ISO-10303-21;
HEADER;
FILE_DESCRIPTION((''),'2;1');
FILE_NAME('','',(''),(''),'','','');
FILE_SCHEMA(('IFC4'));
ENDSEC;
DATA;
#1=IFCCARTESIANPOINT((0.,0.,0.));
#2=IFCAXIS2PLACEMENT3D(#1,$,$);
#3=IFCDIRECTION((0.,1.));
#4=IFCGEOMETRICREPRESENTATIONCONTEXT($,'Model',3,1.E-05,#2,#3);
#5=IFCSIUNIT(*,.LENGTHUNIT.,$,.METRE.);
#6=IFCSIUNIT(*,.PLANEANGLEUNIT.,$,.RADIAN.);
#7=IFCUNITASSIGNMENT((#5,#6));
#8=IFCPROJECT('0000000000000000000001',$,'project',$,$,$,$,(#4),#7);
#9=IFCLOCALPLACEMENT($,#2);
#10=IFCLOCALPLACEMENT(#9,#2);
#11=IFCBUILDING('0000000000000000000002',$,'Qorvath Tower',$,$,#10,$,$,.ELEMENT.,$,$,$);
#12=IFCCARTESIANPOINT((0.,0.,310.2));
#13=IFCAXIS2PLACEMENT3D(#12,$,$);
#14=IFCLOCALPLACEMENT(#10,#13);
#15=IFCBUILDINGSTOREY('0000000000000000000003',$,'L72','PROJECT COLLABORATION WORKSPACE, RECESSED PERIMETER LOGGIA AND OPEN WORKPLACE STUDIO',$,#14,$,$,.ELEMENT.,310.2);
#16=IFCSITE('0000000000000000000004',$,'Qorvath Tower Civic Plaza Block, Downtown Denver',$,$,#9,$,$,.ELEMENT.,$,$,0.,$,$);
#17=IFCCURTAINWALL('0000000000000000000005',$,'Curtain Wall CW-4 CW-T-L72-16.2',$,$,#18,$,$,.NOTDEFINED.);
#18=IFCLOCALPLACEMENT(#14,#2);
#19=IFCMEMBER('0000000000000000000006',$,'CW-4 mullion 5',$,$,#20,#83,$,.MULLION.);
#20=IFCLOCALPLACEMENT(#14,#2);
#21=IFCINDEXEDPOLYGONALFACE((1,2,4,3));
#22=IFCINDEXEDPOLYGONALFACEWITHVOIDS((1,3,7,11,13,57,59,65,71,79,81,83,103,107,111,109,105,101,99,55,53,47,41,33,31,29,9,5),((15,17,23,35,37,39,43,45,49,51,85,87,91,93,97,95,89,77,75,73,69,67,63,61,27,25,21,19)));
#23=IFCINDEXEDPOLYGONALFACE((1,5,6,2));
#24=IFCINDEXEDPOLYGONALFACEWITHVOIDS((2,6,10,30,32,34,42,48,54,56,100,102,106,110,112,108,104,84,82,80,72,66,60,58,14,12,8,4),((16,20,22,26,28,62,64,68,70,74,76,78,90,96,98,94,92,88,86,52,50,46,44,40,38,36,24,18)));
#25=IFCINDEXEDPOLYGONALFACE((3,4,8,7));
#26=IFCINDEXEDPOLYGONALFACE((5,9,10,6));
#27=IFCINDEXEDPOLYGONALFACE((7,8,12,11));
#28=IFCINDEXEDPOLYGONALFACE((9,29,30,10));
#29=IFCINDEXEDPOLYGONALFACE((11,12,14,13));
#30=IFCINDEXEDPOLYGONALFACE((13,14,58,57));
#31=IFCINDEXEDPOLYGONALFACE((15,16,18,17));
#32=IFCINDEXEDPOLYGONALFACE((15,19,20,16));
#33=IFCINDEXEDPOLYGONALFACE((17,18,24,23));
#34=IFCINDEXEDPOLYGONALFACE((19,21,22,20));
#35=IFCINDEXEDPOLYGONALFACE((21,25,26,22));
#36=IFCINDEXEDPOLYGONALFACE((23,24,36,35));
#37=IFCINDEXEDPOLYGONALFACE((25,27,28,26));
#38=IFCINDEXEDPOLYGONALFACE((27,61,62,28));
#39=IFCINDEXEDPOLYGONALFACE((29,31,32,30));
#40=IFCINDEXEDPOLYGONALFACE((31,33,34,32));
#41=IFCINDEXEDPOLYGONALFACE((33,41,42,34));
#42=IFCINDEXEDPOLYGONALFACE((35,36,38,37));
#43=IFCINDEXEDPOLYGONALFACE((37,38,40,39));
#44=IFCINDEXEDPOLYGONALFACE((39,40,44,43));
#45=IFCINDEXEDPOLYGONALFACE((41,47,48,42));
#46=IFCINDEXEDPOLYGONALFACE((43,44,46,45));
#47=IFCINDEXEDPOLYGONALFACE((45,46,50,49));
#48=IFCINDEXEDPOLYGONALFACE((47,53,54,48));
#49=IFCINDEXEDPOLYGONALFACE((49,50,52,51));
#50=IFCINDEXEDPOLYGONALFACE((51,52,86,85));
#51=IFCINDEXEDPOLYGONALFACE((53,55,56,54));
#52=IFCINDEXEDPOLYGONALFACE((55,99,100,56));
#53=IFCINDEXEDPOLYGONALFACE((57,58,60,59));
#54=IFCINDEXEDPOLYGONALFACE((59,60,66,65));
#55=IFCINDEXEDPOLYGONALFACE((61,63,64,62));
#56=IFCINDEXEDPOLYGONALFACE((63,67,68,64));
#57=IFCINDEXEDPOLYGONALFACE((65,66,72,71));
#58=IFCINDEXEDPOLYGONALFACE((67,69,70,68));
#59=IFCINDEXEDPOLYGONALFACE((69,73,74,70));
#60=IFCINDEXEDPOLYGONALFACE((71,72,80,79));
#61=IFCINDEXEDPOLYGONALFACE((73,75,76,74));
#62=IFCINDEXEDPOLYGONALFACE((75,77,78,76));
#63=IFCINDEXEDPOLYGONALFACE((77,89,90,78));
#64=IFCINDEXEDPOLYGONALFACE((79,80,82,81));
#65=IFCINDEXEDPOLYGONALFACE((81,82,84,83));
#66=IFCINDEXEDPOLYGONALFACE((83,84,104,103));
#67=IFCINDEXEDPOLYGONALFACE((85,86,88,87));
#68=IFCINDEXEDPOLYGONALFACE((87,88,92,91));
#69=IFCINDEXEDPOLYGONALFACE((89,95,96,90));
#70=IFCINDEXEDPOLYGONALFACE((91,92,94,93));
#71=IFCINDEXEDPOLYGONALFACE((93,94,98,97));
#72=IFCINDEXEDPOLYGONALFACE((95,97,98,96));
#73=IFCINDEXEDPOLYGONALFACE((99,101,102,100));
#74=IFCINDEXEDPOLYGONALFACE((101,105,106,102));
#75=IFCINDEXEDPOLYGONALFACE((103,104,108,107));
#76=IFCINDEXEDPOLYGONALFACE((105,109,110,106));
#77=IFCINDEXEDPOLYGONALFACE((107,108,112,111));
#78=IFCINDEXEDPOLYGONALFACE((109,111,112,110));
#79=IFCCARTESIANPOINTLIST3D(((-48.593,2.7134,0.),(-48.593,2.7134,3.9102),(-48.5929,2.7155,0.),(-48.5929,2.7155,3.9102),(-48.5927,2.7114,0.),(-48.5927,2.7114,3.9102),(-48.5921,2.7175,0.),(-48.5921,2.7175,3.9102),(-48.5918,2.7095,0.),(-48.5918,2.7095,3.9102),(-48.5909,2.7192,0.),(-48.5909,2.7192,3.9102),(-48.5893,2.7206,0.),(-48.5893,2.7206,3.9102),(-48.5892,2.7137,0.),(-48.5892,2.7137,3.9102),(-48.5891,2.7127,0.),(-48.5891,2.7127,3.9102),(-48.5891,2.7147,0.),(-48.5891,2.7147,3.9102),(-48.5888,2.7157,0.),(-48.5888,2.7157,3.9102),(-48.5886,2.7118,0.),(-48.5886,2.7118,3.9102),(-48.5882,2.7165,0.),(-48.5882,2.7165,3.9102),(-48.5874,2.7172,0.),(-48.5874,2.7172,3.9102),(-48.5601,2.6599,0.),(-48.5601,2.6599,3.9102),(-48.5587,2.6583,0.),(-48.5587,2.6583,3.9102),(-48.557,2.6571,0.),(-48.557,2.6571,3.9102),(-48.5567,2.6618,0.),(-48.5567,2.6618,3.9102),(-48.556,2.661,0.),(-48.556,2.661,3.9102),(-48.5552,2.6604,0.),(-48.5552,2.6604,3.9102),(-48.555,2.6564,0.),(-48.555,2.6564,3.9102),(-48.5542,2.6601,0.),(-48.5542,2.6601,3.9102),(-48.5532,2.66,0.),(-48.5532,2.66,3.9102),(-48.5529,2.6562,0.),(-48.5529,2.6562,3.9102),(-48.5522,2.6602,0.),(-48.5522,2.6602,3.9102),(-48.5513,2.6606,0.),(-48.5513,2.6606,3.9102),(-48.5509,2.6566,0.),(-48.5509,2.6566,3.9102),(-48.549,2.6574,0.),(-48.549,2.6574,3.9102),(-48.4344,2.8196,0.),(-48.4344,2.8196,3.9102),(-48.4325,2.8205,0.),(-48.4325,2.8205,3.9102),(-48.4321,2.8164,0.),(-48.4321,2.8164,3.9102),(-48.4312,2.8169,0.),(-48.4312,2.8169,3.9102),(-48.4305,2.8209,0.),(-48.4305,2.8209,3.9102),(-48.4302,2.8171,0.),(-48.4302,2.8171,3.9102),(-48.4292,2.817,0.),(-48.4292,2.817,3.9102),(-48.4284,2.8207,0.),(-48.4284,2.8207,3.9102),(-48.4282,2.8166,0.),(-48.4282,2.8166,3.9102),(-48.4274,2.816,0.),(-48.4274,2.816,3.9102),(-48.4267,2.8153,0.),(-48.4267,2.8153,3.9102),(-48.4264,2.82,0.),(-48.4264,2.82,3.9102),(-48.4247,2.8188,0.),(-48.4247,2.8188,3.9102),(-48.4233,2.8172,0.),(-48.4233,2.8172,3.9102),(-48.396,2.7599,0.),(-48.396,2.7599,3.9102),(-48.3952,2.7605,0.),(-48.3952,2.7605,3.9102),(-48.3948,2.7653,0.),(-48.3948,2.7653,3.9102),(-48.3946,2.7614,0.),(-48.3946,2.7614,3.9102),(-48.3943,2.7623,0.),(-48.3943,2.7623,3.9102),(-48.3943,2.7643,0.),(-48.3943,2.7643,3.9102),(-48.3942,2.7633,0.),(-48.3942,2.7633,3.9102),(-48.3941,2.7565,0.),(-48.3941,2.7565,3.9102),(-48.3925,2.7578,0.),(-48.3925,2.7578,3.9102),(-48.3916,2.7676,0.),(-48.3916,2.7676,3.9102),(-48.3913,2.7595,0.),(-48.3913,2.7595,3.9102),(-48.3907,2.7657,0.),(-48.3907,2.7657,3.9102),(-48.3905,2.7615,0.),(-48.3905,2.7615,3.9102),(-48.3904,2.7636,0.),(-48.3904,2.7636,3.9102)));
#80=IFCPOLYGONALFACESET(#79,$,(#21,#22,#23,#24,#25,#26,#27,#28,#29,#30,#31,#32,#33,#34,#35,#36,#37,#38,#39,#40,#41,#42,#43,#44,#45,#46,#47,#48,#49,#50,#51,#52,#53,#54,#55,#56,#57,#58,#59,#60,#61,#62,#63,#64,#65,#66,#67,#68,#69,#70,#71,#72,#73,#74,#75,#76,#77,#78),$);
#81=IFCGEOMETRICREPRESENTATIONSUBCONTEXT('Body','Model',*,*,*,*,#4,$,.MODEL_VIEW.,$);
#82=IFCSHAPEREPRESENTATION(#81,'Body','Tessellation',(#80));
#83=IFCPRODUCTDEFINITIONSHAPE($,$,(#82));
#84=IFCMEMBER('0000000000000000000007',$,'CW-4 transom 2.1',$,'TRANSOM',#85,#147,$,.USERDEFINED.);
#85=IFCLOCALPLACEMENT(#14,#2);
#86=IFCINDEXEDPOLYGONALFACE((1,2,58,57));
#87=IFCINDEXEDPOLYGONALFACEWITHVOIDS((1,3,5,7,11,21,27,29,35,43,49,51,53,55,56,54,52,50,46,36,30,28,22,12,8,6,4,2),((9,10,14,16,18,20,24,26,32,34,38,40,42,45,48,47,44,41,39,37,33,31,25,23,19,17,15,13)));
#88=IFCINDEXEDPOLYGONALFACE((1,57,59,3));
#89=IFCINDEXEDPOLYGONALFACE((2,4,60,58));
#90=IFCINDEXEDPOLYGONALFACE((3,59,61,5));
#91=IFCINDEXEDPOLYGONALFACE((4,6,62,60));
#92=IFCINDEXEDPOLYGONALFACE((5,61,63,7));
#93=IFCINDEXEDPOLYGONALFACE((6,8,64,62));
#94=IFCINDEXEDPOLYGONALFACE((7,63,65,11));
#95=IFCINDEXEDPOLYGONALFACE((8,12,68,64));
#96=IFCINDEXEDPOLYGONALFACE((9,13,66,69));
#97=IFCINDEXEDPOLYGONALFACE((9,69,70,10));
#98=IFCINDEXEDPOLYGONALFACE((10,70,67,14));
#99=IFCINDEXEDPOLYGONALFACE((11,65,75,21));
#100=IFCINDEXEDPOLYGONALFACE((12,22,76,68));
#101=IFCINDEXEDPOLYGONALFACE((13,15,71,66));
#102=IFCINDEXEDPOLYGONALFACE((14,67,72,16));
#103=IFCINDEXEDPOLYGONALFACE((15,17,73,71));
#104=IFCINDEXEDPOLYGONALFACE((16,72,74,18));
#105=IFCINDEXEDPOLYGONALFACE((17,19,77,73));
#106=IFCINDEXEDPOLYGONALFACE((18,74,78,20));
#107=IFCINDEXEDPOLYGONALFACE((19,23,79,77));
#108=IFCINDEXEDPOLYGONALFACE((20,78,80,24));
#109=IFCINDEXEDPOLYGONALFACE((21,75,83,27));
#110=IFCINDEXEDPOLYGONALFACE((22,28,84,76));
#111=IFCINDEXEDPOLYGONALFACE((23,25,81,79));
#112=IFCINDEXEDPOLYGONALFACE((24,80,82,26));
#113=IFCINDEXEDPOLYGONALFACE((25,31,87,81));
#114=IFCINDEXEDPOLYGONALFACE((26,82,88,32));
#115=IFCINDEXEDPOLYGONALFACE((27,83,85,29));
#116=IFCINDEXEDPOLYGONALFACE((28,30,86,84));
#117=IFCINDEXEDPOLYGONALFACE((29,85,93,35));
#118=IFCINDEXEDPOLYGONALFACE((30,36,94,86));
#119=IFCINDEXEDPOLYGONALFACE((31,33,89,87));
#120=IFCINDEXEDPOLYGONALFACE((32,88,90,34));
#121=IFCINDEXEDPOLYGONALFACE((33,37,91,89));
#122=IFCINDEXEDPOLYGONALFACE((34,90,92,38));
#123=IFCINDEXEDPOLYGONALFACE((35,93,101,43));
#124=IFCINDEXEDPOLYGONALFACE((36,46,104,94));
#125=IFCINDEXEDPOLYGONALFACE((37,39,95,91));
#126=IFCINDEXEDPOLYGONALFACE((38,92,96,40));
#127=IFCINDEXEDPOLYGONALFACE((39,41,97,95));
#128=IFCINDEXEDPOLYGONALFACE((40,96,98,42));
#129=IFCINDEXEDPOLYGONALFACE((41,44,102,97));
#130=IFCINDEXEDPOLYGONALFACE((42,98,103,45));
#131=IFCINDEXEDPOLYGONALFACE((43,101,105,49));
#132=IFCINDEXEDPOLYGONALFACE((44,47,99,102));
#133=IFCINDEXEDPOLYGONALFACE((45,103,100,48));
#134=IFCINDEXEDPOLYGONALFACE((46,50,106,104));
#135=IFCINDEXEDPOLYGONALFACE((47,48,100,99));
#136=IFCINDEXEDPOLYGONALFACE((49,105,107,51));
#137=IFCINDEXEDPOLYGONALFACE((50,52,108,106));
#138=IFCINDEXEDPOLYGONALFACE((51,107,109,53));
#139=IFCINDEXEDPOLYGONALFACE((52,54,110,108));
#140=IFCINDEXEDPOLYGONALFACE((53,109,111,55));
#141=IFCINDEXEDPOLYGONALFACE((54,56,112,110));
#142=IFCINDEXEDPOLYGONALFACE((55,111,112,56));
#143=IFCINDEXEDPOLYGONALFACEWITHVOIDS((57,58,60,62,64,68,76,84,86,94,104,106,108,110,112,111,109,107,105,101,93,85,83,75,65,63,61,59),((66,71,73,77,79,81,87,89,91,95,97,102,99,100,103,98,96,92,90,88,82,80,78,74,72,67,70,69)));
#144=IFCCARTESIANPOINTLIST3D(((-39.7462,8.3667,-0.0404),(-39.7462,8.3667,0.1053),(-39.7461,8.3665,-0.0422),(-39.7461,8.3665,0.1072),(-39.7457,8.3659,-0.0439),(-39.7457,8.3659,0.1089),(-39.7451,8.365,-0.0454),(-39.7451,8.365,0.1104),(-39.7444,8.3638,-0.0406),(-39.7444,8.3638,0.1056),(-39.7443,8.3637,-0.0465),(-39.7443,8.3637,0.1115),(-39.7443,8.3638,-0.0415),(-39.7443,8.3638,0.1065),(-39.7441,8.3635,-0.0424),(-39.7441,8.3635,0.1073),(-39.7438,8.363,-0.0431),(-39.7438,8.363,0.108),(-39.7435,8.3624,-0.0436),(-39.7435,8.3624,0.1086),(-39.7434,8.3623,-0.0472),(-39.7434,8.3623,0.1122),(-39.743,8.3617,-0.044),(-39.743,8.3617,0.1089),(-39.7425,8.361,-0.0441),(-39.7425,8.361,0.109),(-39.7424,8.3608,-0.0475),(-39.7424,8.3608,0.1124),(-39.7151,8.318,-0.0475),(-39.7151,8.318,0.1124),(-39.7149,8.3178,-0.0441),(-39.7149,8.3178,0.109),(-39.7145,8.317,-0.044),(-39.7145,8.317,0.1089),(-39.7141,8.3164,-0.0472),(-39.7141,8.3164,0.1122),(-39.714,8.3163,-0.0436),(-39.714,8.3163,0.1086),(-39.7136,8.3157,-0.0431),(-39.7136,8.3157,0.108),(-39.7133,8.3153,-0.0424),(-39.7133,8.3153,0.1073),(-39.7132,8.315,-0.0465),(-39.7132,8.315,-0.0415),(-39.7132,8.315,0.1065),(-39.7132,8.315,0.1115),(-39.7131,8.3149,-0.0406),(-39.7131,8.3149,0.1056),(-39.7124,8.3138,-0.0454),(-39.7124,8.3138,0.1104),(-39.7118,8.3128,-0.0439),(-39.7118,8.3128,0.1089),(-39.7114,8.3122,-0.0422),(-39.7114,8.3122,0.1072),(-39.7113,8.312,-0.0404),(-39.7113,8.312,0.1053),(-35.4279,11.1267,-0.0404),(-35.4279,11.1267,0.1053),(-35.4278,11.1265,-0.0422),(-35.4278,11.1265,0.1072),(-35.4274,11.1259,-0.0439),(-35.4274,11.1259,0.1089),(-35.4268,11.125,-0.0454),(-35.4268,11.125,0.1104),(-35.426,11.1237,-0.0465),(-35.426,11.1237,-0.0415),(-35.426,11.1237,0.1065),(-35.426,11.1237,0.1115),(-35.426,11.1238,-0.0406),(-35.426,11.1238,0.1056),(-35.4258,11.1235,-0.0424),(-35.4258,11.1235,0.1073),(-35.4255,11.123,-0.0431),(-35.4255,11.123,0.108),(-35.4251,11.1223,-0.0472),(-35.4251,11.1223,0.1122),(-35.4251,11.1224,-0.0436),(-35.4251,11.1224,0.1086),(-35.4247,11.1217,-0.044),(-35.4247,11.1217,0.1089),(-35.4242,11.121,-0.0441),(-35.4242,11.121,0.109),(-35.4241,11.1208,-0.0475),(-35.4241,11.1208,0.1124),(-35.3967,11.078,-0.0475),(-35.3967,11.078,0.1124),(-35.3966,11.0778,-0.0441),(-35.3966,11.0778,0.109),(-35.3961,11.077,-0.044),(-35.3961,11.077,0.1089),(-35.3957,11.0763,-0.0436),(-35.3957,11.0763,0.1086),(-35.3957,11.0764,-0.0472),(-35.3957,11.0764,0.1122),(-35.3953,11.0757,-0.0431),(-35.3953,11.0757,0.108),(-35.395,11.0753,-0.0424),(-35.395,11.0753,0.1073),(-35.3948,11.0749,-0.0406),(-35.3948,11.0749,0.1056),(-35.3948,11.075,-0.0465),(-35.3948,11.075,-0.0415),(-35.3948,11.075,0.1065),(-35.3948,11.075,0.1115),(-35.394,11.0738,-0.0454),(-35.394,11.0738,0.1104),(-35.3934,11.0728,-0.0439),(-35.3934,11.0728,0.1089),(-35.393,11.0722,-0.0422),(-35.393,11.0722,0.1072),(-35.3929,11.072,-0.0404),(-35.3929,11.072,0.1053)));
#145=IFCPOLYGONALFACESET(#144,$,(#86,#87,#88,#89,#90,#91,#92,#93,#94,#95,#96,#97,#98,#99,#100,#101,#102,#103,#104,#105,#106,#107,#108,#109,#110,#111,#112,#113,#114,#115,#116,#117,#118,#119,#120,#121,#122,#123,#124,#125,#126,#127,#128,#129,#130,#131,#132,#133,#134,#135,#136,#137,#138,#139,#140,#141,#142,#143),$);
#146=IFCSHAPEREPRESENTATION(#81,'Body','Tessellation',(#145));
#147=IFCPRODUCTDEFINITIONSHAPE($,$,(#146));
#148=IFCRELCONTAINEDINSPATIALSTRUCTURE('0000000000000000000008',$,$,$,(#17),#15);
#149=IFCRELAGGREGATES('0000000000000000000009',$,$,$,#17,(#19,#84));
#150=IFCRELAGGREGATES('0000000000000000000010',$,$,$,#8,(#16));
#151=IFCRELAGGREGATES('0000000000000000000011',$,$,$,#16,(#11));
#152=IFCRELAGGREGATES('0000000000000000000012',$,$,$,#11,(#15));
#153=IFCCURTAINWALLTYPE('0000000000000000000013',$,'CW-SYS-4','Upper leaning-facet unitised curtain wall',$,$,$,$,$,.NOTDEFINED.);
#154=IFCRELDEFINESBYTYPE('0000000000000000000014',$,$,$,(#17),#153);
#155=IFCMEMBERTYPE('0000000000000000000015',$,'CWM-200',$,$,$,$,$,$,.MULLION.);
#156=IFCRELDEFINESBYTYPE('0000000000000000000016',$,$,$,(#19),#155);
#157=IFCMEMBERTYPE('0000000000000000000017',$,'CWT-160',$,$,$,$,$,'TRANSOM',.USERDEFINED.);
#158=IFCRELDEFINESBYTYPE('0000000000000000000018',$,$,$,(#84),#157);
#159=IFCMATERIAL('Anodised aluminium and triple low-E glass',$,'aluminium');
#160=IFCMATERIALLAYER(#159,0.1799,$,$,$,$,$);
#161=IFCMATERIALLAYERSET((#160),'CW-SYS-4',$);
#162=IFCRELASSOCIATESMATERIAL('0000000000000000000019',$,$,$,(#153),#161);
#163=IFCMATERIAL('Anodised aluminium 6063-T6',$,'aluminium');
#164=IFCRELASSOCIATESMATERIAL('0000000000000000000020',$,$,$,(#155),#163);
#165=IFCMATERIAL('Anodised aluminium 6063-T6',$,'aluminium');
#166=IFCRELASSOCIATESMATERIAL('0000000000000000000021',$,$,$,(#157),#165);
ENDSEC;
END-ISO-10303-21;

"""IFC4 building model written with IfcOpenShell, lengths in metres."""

from ifc_helpers import new_model, si_unit, direction, frame, origin, origin_2d, place, context, subcontext, project, spatial, hollow_rectangle, extrude, material, layer, layer_set, material_profile, profile_set, type_object, element, aggregate, save


model = new_model("IFC4")

# Units and contexts
model_context = context("Model", 3, precision=1e-05, world=origin(), true_north=direction((0.0, 1.0)))
body_context = subcontext(model_context, "Body", "Model", "MODEL_VIEW")
ifc_project = project(units=[si_unit("LENGTHUNIT", "METRE"), si_unit("PLANEANGLEUNIT", "RADIAN")], contexts=[model_context])

# Site, building, storey
site_placement = place(None, origin())
site = spatial("IfcSite", under=ifc_project, at=site_placement, Name="Qorvath Tower Civic Plaza Block, Downtown Denver", CompositionType="ELEMENT", RefElevation=0.0)
building_placement = place(site_placement, origin())
building = spatial("IfcBuilding", under=site, at=building_placement, Name="Qorvath Tower", CompositionType="ELEMENT")
storey_placement = place(building_placement, frame((0.0, 0.0, 310.2)))
storey = spatial("IfcBuildingStorey", under=building, at=storey_placement, Name="L72", Description="PROJECT COLLABORATION WORKSPACE, RECESSED PERIMETER LOGGIA AND OPEN WORKPLACE STUDIO", CompositionType="ELEMENT", Elevation=310.2)

# Curtain wall, members
ifc_material_1 = material(Name="Anodised aluminium and triple low-E glass", Category="aluminium")
ifc_layer_1 = layer(ifc_material_1, 0.1799)
ifc_layer_set_1 = layer_set([ifc_layer_1], Name="CW-SYS-4")
curtain_wall_type = type_object("IfcCurtainWallType", Name="CW-SYS-4", Description="Upper leaning-facet unitised curtain wall", PredefinedType="NOTDEFINED", material=ifc_layer_set_1)
curtain_wall_placement = place(storey_placement, origin())
curtain_wall = element("IfcCurtainWall", 1, at=curtain_wall_placement, inside=storey, type_object=curtain_wall_type, Name="Curtain Wall CW-4 CW-T-L72-16.2", PredefinedType="NOTDEFINED")
ifc_material_2 = material(Name="Anodised aluminium 6063-T6", Category="aluminium")
ifc_material_profile_1 = material_profile(ifc_material_2, hollow_rectangle(XDim=0.075, YDim=0.2, WallThickness=0.0039, InnerFilletRadius=0.0039, OuterFilletRadius=0.0081, at=origin_2d()), Name="CWM 200x75")
ifc_profile_set_1 = profile_set([ifc_material_profile_1], Name="Anodised aluminium 6063-T6")
member_type_1 = type_object("IfcMemberType", Name="CWM-200", PredefinedType="MULLION", material=ifc_profile_set_1)
member_1_placement = place(storey_placement, frame((-48.4917, 2.7385, 0.0), z_axis=(0.0, 0.0, 1.0), x_axis=(0.538538, -0.842601, 0.0)))
member_1 = element("IfcMember", 2, at=member_1_placement, type_object=member_type_1, Name="CW-4 mullion 5", PredefinedType="MULLION", context=body_context, shape_type="SweptSolid", body=[
    extrude(hollow_rectangle(XDim=0.075, YDim=0.2, WallThickness=0.0039, InnerFilletRadius=0.0039, OuterFilletRadius=0.0081, at=origin_2d()), origin(), (0.0, 0.0, 1.0), 3.9102),
])
ifc_material_3 = material(Name="Anodised aluminium 6063-T6", Category="aluminium")
ifc_material_profile_2 = material_profile(ifc_material_3, hollow_rectangle(XDim=0.0649, YDim=0.1599, WallThickness=0.0034, InnerFilletRadius=0.0034, OuterFilletRadius=0.0071, at=origin_2d()), Name="CWT 160x65")
ifc_profile_set_2 = profile_set([ifc_material_profile_2], Name="Anodised aluminium 6063-T6")
member_type_2 = type_object("IfcMemberType", Name="CWT-160", ElementType="TRANSOM", PredefinedType="USERDEFINED", material=ifc_profile_set_2)
member_2_placement = place(storey_placement, frame((-35.4104, 11.0994, 0.0325), z_axis=(-0.842603, -0.538536, 0.0), x_axis=(0.538536, -0.842603, 0.0)))
member_2 = element("IfcMember", 3, at=member_2_placement, type_object=member_type_2, Name="CW-4 transom 2.1", ObjectType="TRANSOM", PredefinedType="USERDEFINED", context=body_context, shape_type="SweptSolid", body=[
    extrude(hollow_rectangle(XDim=0.0649, YDim=0.1599, WallThickness=0.0034, InnerFilletRadius=0.0034, OuterFilletRadius=0.0071, at=origin_2d()), origin(), (0.0, 0.0, 1.0), 5.125),
])
aggregate(curtain_wall, [member_1, member_2])

save(model, "model.ifc")
